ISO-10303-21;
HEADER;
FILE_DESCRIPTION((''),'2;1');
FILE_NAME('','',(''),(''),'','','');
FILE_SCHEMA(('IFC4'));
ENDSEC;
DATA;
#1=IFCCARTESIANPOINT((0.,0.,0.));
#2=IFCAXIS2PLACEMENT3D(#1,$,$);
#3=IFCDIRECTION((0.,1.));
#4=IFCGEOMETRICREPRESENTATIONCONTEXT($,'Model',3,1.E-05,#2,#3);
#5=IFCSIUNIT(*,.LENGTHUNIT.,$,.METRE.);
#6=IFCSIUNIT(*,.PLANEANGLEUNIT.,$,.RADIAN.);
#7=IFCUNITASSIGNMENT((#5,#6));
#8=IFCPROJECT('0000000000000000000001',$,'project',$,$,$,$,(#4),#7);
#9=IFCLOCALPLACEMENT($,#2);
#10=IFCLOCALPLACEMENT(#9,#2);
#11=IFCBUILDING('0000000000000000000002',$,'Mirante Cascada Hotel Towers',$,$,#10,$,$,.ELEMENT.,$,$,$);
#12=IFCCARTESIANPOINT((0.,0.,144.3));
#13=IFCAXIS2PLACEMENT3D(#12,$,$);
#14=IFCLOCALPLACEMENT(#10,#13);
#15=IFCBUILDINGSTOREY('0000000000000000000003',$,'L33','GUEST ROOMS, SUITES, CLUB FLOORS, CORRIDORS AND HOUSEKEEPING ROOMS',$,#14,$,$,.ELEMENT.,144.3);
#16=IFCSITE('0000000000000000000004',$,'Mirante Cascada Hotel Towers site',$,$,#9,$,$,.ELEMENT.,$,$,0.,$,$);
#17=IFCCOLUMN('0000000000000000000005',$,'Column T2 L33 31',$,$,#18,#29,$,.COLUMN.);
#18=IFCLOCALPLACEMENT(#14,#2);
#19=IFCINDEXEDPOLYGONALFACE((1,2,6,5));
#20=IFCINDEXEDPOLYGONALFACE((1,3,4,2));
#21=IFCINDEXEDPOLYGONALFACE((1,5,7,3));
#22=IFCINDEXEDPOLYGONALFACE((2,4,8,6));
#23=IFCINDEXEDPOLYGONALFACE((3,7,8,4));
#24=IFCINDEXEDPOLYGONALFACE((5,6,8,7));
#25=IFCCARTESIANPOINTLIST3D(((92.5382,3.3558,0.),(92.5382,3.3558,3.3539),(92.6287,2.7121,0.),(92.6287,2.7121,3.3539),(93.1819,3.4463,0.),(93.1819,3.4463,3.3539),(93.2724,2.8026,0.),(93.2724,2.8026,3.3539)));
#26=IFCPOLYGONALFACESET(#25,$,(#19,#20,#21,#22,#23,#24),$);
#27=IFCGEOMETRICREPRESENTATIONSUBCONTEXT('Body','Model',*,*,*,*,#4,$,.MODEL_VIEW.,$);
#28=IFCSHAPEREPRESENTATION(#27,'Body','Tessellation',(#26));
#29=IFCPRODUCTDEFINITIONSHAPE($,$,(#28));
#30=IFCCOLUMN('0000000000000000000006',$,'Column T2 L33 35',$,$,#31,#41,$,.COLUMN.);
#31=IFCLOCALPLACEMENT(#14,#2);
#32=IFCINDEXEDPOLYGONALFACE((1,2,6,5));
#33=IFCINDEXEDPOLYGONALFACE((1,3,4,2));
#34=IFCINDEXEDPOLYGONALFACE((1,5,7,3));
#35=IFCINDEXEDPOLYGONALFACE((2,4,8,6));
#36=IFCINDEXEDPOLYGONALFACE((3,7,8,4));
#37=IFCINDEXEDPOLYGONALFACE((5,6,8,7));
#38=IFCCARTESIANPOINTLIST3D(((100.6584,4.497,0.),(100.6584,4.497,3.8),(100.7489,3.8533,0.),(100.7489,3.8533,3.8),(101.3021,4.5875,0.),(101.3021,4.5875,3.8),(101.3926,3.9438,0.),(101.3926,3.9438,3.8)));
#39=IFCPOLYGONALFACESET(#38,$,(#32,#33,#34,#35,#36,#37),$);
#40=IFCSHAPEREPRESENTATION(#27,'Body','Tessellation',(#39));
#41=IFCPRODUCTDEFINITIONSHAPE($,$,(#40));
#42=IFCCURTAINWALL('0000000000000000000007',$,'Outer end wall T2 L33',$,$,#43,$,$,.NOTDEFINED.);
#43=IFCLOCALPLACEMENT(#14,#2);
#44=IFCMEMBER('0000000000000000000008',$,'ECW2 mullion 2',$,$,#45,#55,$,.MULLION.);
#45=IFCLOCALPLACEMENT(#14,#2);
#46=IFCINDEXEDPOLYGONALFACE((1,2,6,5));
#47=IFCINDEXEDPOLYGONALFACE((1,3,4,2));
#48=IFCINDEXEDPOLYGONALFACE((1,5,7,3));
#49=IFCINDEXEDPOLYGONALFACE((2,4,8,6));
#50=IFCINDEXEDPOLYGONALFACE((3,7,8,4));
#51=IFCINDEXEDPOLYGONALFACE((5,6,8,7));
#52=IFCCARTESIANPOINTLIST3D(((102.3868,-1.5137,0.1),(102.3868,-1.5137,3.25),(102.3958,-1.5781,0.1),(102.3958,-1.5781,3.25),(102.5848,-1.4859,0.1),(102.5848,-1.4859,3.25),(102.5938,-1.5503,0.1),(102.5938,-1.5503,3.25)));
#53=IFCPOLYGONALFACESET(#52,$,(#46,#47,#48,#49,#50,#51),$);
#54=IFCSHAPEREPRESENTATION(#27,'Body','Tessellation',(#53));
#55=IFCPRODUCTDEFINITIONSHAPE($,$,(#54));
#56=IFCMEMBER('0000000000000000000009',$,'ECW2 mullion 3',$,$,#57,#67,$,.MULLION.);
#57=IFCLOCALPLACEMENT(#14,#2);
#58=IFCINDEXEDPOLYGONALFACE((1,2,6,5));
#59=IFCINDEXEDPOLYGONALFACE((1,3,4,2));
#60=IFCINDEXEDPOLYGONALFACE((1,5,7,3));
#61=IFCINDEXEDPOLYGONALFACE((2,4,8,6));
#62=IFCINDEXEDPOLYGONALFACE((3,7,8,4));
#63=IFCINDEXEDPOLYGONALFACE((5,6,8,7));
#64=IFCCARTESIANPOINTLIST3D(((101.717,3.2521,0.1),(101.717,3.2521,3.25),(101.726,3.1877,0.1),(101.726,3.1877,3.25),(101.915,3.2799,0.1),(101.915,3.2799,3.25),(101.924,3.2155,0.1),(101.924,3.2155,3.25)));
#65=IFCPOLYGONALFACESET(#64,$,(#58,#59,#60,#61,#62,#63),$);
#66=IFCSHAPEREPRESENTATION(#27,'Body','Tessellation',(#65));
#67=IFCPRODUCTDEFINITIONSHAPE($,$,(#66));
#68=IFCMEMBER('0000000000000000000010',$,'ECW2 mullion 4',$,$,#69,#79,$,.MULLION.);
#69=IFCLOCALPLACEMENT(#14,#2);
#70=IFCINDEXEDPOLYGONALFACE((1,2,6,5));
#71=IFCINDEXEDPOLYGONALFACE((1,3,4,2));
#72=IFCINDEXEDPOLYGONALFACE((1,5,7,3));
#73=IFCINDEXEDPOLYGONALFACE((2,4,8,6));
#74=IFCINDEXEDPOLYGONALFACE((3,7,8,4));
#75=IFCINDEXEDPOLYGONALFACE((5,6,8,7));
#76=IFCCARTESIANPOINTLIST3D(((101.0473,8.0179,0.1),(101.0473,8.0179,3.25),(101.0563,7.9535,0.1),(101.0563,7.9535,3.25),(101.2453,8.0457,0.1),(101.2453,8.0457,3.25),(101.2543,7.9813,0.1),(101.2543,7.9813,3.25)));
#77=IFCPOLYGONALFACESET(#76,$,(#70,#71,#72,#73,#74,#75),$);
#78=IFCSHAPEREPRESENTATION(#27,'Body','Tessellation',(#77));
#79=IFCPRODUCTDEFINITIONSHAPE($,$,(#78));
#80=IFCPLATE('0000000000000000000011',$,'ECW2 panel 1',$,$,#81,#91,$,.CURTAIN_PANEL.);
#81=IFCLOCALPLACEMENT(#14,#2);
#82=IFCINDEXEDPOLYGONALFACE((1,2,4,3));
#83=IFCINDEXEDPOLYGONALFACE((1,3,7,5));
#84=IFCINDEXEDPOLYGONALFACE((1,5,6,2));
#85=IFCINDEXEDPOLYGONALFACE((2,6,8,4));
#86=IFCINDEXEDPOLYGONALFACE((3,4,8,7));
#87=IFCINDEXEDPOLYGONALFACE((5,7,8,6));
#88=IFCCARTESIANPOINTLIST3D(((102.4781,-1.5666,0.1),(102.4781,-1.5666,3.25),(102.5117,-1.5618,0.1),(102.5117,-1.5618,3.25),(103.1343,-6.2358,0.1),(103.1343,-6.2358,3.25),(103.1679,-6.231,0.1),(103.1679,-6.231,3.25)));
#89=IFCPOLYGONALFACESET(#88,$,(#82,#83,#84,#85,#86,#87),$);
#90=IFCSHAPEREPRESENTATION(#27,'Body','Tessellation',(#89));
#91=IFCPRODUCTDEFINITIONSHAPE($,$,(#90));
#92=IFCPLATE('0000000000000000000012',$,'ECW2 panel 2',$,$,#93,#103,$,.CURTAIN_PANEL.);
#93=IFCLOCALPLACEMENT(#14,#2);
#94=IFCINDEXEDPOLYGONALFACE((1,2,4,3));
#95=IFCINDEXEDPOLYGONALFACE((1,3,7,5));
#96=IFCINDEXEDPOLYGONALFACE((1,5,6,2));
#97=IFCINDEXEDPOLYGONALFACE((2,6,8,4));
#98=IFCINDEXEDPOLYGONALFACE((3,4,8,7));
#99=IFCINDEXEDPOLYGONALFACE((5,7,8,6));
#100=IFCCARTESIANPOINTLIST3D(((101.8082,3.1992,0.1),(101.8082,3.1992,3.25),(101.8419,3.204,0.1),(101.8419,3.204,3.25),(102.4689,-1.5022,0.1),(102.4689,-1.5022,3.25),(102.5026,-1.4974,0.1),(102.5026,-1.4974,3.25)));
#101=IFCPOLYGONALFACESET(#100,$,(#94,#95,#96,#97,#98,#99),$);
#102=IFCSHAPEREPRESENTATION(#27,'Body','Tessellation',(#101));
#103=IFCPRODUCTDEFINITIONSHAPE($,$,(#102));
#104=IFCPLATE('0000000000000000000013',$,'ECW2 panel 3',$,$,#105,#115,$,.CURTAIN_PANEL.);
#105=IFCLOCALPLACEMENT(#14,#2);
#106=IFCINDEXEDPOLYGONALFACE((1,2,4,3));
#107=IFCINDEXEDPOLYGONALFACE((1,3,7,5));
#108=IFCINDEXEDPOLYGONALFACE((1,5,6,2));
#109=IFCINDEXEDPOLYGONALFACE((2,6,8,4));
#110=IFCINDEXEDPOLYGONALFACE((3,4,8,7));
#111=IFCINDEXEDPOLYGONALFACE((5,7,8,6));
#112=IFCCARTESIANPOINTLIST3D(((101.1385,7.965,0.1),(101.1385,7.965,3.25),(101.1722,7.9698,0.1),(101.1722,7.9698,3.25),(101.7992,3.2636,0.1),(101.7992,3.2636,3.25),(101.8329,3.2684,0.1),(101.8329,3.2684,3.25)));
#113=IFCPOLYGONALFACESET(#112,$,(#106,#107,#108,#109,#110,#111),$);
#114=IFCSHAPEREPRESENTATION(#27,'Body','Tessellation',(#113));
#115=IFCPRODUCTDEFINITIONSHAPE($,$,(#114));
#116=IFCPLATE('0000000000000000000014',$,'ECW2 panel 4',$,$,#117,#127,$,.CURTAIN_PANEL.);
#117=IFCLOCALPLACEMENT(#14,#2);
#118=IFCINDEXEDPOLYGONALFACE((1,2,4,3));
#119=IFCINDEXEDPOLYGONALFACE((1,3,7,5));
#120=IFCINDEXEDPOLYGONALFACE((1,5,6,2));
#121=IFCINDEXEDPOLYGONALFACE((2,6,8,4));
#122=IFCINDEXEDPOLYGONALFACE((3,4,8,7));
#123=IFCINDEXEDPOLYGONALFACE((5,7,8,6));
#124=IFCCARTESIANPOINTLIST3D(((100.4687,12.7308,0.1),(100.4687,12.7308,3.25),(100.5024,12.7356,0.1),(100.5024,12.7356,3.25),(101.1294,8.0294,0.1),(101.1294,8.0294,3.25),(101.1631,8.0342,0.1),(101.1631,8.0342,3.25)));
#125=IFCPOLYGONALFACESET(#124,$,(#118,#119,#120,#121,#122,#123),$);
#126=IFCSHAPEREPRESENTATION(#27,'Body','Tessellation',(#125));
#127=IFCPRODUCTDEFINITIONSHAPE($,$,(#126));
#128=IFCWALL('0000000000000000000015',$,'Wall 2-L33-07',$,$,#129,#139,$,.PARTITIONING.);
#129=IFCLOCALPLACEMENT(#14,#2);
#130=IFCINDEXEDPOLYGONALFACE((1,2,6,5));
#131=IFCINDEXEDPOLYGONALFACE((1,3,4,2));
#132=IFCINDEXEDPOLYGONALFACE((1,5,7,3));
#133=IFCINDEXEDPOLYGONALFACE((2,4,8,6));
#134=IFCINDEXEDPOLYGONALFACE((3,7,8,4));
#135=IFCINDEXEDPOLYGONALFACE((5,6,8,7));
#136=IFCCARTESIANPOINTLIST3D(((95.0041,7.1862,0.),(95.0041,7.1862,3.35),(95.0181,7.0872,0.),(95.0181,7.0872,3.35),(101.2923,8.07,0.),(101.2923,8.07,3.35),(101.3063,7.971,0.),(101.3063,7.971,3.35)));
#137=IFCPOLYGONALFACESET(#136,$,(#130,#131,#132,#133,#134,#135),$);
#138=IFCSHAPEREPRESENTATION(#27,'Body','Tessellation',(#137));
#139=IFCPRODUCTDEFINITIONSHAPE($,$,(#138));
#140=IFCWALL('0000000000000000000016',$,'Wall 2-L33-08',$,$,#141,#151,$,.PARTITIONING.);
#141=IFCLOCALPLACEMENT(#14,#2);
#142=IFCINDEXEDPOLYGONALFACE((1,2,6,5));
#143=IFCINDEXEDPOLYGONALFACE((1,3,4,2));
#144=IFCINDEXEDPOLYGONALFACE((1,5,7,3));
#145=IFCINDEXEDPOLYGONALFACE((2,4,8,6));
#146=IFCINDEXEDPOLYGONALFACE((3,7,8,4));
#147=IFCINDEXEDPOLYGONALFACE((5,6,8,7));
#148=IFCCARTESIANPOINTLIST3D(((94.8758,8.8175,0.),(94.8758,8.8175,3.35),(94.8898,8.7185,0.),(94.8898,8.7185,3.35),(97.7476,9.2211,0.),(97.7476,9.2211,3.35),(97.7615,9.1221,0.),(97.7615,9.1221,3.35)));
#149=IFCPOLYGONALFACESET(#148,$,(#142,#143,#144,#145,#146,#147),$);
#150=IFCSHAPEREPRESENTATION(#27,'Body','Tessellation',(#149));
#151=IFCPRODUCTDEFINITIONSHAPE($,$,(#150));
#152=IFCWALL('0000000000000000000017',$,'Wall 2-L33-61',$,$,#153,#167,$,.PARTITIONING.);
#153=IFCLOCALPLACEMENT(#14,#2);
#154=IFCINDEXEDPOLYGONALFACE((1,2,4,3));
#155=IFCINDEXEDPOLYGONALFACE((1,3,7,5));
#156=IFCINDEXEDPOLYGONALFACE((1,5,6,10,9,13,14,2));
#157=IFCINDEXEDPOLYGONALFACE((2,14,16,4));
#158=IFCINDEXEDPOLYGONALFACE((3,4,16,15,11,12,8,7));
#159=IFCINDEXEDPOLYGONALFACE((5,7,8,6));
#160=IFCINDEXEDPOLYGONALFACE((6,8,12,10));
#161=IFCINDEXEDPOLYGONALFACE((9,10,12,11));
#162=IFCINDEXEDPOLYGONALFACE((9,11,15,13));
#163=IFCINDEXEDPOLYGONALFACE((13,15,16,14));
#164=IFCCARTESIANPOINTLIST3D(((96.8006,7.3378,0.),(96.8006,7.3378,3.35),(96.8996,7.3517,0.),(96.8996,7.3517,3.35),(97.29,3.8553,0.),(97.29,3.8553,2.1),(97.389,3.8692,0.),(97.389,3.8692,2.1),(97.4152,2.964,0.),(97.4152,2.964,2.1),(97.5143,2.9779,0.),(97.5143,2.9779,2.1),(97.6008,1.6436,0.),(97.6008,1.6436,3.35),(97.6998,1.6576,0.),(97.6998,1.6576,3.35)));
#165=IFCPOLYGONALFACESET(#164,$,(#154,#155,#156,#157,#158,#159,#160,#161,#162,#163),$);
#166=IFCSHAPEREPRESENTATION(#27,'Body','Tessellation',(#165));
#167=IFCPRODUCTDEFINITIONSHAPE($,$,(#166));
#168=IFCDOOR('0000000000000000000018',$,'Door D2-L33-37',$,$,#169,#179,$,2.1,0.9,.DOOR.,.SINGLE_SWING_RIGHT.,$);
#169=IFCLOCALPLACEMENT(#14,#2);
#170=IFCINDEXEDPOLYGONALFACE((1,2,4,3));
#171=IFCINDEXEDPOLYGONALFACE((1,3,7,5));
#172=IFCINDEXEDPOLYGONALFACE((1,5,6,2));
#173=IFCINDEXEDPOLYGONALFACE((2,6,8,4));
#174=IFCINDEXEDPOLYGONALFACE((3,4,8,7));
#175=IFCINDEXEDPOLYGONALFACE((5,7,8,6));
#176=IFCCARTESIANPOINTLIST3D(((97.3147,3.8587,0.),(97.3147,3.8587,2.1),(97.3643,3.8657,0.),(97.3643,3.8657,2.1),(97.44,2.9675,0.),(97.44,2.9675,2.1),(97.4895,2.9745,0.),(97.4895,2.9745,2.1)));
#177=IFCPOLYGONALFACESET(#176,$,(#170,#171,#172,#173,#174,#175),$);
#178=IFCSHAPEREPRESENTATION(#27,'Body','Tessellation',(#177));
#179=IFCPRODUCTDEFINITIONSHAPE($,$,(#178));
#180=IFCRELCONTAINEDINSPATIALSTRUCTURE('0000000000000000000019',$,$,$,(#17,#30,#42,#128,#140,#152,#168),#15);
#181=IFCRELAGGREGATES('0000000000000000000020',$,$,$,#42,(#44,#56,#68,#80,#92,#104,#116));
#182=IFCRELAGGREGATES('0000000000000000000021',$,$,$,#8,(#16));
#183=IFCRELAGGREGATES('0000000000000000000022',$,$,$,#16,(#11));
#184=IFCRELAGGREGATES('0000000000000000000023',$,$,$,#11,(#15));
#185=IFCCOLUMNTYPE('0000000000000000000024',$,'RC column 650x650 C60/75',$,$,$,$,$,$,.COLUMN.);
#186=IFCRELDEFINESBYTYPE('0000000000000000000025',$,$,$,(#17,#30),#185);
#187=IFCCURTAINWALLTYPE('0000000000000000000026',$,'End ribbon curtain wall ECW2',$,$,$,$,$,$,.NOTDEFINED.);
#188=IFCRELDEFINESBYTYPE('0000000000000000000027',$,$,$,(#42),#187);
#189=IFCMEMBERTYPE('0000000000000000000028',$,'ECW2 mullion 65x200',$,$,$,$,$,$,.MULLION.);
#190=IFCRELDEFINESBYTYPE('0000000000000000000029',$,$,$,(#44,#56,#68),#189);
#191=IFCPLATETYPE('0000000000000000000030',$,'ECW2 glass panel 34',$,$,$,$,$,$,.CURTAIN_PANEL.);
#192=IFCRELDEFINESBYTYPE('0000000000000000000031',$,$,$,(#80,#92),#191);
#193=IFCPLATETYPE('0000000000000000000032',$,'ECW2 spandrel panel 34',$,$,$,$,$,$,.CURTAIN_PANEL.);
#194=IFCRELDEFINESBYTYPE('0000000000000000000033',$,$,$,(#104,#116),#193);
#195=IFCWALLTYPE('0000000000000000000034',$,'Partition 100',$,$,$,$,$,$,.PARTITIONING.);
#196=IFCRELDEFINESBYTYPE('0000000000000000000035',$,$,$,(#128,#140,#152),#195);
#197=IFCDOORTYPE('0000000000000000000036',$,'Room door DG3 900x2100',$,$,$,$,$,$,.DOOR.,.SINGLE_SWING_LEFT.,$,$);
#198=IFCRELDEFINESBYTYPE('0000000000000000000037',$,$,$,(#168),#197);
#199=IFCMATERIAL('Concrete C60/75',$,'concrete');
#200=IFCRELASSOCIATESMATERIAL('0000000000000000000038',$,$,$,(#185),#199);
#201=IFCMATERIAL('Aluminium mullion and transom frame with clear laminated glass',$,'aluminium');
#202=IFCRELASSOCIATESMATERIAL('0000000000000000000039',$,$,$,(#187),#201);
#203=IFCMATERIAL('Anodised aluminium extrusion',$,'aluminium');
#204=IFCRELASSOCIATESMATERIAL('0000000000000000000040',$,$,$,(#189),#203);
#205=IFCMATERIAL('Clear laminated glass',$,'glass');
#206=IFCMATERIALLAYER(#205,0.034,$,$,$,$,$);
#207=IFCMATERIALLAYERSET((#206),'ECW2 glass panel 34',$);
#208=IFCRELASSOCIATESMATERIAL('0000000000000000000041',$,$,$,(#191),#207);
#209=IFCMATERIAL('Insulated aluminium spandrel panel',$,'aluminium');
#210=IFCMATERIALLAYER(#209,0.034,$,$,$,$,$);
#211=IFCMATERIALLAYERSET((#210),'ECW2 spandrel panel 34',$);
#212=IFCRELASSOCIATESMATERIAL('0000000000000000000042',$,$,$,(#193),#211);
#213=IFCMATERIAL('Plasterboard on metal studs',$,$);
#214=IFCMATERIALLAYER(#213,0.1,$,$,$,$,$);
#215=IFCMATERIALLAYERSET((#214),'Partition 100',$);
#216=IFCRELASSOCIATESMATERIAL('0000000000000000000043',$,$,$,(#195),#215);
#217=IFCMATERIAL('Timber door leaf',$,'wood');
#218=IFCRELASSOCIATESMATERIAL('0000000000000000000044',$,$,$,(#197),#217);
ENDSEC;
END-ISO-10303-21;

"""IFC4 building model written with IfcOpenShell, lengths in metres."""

from ifc_helpers import new_model, si_unit, direction, frame, frame_2d, origin, origin_2d, place, context, subcontext, project, spatial, rectangle, extrude, material, layer, layer_set, material_profile, profile_set, type_object, element, fill, aggregate, save


model = new_model("IFC4")

# Units and contexts
model_context = context("Model", 3, precision=1e-05, world=origin(), true_north=direction((0.0, 1.0)))
body_context = subcontext(model_context, "Body", "Model", "MODEL_VIEW")
ifc_project = project(units=[si_unit("LENGTHUNIT", "METRE"), si_unit("PLANEANGLEUNIT", "RADIAN")], contexts=[model_context])

# Site, building, storey
site_placement = place(None, origin())
site = spatial("IfcSite", under=ifc_project, at=site_placement, Name="Mirante Cascada Hotel Towers site", CompositionType="ELEMENT", RefElevation=0.0)
building_placement = place(site_placement, origin())
building = spatial("IfcBuilding", under=site, at=building_placement, Name="Mirante Cascada Hotel Towers", CompositionType="ELEMENT")
storey_placement = place(building_placement, frame((0.0, 0.0, 144.3)))
storey = spatial("IfcBuildingStorey", under=building, at=storey_placement, Name="L33", Description="GUEST ROOMS, SUITES, CLUB FLOORS, CORRIDORS AND HOUSEKEEPING ROOMS", CompositionType="ELEMENT", Elevation=144.3)

# Columns
ifc_material_1 = material(Name="Concrete C60/75", Category="concrete")
ifc_material_profile_1 = material_profile(ifc_material_1, rectangle(XDim=0.65, YDim=0.65, at=origin_2d()), Name="RC column 650x650 C60/75")
ifc_profile_set_1 = profile_set([ifc_material_profile_1], Name="Concrete C60/75")
column_type = type_object("IfcColumnType", Name="RC column 650x650 C60/75", PredefinedType="COLUMN", material=ifc_profile_set_1)
column_1_placement = place(storey_placement, frame((92.9053, 3.0792, 0.0), z_axis=(0.0, 0.0, 1.0), x_axis=(0.990268, 0.139173, 0.0)))
element("IfcColumn", 1, at=column_1_placement, inside=storey, type_object=column_type, Name="Column T2 L33 31", PredefinedType="COLUMN", context=body_context, shape_type="SweptSolid", body=[
    extrude(rectangle(XDim=0.65, YDim=0.65, at=origin_2d()), origin(), (0.0, 0.0, 1.0), 3.3539),
])
column_2_placement = place(storey_placement, frame((101.0255, 4.2204, 0.0), z_axis=(0.0, 0.0, 1.0), x_axis=(0.990268, 0.139173, 0.0)))
element("IfcColumn", 2, at=column_2_placement, inside=storey, type_object=column_type, Name="Column T2 L33 35", PredefinedType="COLUMN", context=body_context, shape_type="SweptSolid", body=[
    extrude(rectangle(XDim=0.65, YDim=0.65, at=origin_2d()), origin(), (0.0, 0.0, 1.0), 3.8),
])

# Curtain wall, members, plates
ifc_material_2 = material(Name="Aluminium mullion and transom frame with clear laminated glass", Category="aluminium")
curtain_wall_type = type_object("IfcCurtainWallType", Name="End ribbon curtain wall ECW2", PredefinedType="NOTDEFINED", material=ifc_material_2)
curtain_wall_placement = place(storey_placement, origin())
curtain_wall = element("IfcCurtainWall", 3, at=curtain_wall_placement, inside=storey, type_object=curtain_wall_type, Name="Outer end wall T2 L33", PredefinedType="NOTDEFINED")
ifc_material_3 = material(Name="Anodised aluminium extrusion", Category="aluminium")
ifc_material_profile_2 = material_profile(ifc_material_3, rectangle(XDim=0.2, YDim=0.065, at=origin_2d()), Name="ECW2 MULLION 65x200")
ifc_profile_set_2 = profile_set([ifc_material_profile_2], Name="Anodised aluminium extrusion")
member_type = type_object("IfcMemberType", Name="ECW2 mullion 65x200", PredefinedType="MULLION", material=ifc_profile_set_2)
member_1_placement = place(storey_placement, frame((102.4903, -1.532, 0.1), z_axis=(0.0, 0.0, 1.0), x_axis=(-0.990268, -0.139173, 0.0)))
member_1 = element("IfcMember", 4, at=member_1_placement, type_object=member_type, Name="ECW2 mullion 2", PredefinedType="MULLION", context=body_context, shape_type="SweptSolid", body=[
    extrude(rectangle(XDim=0.2, YDim=0.065, at=origin_2d()), origin(), (0.0, 0.0, 1.0), 3.15),
])
member_2_placement = place(storey_placement, frame((101.8205, 3.2338, 0.1), z_axis=(0.0, 0.0, 1.0), x_axis=(-0.990268, -0.139173, 0.0)))
member_2 = element("IfcMember", 5, at=member_2_placement, type_object=member_type, Name="ECW2 mullion 3", PredefinedType="MULLION", context=body_context, shape_type="SweptSolid", body=[
    extrude(rectangle(XDim=0.2, YDim=0.065, at=origin_2d()), origin(), (0.0, 0.0, 1.0), 3.15),
])
member_3_placement = place(storey_placement, frame((101.1508, 7.9996, 0.1), z_axis=(0.0, 0.0, 1.0), x_axis=(-0.990268, -0.139173, 0.0)))
member_3 = element("IfcMember", 6, at=member_3_placement, type_object=member_type, Name="ECW2 mullion 4", PredefinedType="MULLION", context=body_context, shape_type="SweptSolid", body=[
    extrude(rectangle(XDim=0.2, YDim=0.065, at=origin_2d()), origin(), (0.0, 0.0, 1.0), 3.15),
])
ifc_material_4 = material(Name="Clear laminated glass", Category="glass")
ifc_layer_1 = layer(ifc_material_4, 0.034)
ifc_layer_set_1 = layer_set([ifc_layer_1], Name="ECW2 glass panel 34")
plate_type_1 = type_object("IfcPlateType", Name="ECW2 glass panel 34", PredefinedType="CURTAIN_PANEL", material=ifc_layer_set_1)
plate_1_placement = place(storey_placement, frame((102.823, -3.8988, 0.1), z_axis=(0.0, 0.0, 1.0), x_axis=(-0.139173, 0.990268, 0.0)))
plate_1 = element("IfcPlate", 7, at=plate_1_placement, type_object=plate_type_1, Name="ECW2 panel 1", PredefinedType="CURTAIN_PANEL", context=body_context, shape_type="SweptSolid", body=[
    extrude(rectangle(XDim=4.7151, YDim=0.034, at=origin_2d()), origin(), (0.0, 0.0, 1.0), 3.15),
])
plate_2_placement = place(storey_placement, frame((102.1554, 0.8509, 0.1), z_axis=(0.0, 0.0, 1.0), x_axis=(-0.139173, 0.990268, 0.0)))
plate_2 = element("IfcPlate", 8, at=plate_2_placement, type_object=plate_type_1, Name="ECW2 panel 2", PredefinedType="CURTAIN_PANEL", context=body_context, shape_type="SweptSolid", body=[
    extrude(rectangle(XDim=4.7476, YDim=0.034, at=origin_2d()), origin(), (0.0, 0.0, 1.0), 3.15),
])
ifc_material_5 = material(Name="Insulated aluminium spandrel panel", Category="aluminium")
ifc_layer_2 = layer(ifc_material_5, 0.034)
ifc_layer_set_2 = layer_set([ifc_layer_2], Name="ECW2 spandrel panel 34")
plate_type_2 = type_object("IfcPlateType", Name="ECW2 spandrel panel 34", PredefinedType="CURTAIN_PANEL", material=ifc_layer_set_2)
plate_3_placement = place(storey_placement, frame((101.4857, 5.6167, 0.1), z_axis=(0.0, 0.0, 1.0), x_axis=(-0.139173, 0.990268, 0.0)))
plate_3 = element("IfcPlate", 9, at=plate_3_placement, type_object=plate_type_2, Name="ECW2 panel 3", PredefinedType="CURTAIN_PANEL", context=body_context, shape_type="SweptSolid", body=[
    extrude(rectangle(XDim=4.7476, YDim=0.034, at=origin_2d()), origin(), (0.0, 0.0, 1.0), 3.15),
])
plate_4_placement = place(storey_placement, frame((100.8159, 10.3825, 0.1), z_axis=(0.0, 0.0, 1.0), x_axis=(-0.139173, 0.990268, 0.0)))
plate_4 = element("IfcPlate", 10, at=plate_4_placement, type_object=plate_type_2, Name="ECW2 panel 4", PredefinedType="CURTAIN_PANEL", context=body_context, shape_type="SweptSolid", body=[
    extrude(rectangle(XDim=4.7476, YDim=0.034, at=origin_2d()), origin(), (0.0, 0.0, 1.0), 3.15),
])
aggregate(curtain_wall, [member_1, member_2, member_3, plate_1, plate_2, plate_3, plate_4])

# Walls
ifc_material_6 = material(Name="Plasterboard on metal studs")
ifc_layer_3 = layer(ifc_material_6, 0.1)
ifc_layer_set_3 = layer_set([ifc_layer_3], Name="Partition 100")
wall_type_1 = type_object("IfcWallType", Name="Partition 100", PredefinedType="PARTITIONING", material=ifc_layer_set_3)
wall_1_placement = place(storey_placement, frame((101.2993, 8.0205, 0.0), z_axis=(0.0, 0.0, 1.0), x_axis=(-0.990267, -0.139181, 0.0)))
element("IfcWall", 11, at=wall_1_placement, inside=storey, type_object=wall_type_1, Name="Wall 2-L33-07", PredefinedType="PARTITIONING", context=body_context, shape_type="SweptSolid", body=[
    extrude(rectangle(XDim=6.35, YDim=0.1, at=frame_2d((3.175, 0.0))), origin(), (0.0, 0.0, 1.0), 3.35),
])
wall_2_placement = place(storey_placement, frame((94.8828, 8.768, 0.0), z_axis=(0.0, 0.0, 1.0), x_axis=(0.990268, 0.139171, 0.0)))
element("IfcWall", 12, at=wall_2_placement, inside=storey, type_object=wall_type_1, Name="Wall 2-L33-08", PredefinedType="PARTITIONING", context=body_context, shape_type="SweptSolid", body=[
    extrude(rectangle(XDim=2.9, YDim=0.1, at=frame_2d((1.45, 0.0))), origin(), (0.0, 0.0, 1.0), 3.35),
])

# Wall, opening, door
wall_3_placement = place(storey_placement, frame((96.8501, 7.3447, 0.0), z_axis=(0.0, 0.0, 1.0), x_axis=(0.139164, -0.990269, 0.0)))
wall_3 = element("IfcWall", 13, at=wall_3_placement, inside=storey, type_object=wall_type_1, Name="Wall 2-L33-61", PredefinedType="PARTITIONING", context=body_context, shape_type="SweptSolid", body=[
    extrude(rectangle(XDim=5.7501, YDim=0.1, at=frame_2d((2.875, 0.0))), origin(), (0.0, 0.0, 1.0), 3.35),
])
opening_1_placement = place(wall_3_placement, frame((3.5167, 0.0, 0.0)))
opening_1 = element("IfcOpeningElement", 14, at=opening_1_placement, cuts=wall_3, PredefinedType="OPENING", context=body_context, shape_type="SweptSolid", body=[
    extrude(rectangle(XDim=0.9, YDim=2.1, at=frame_2d((0.45, 1.05))), frame((0.0, 0.05, 0.0), z_axis=(0.0, -1.0, 0.0), x_axis=(1.0, 0.0, 0.0)), (0.0, 0.0, 1.0), 0.1),
])
ifc_material_7 = material(Name="Timber door leaf", Category="wood")
door_type_1 = type_object("IfcDoorType", Name="Room door DG3 900x2100", OperationType="SINGLE_SWING_LEFT", PredefinedType="DOOR", material=ifc_material_7)
door_1_placement = place(opening_1_placement, frame((0.9, 0.0, 0.0), z_axis=(0.0, 0.0, 1.0), x_axis=(-1.0, 0.0, 0.0)))
door_1 = element("IfcDoor", 15, at=door_1_placement, inside=storey, type_object=door_type_1, Name="Door D2-L33-37", OperationType="SINGLE_SWING_RIGHT", OverallHeight=2.1, OverallWidth=0.9, PredefinedType="DOOR", context=body_context, shape_type="SweptSolid", body=[
    extrude(rectangle(XDim=0.9, YDim=2.1, at=frame_2d((0.45, 1.05))), frame((0.0, 0.025, 0.0), z_axis=(0.0, -1.0, 0.0), x_axis=(1.0, 0.0, 0.0)), (0.0, 0.0, 1.0), 0.05),
])
fill(opening_1, door_1)

save(model, "model.ifc")
